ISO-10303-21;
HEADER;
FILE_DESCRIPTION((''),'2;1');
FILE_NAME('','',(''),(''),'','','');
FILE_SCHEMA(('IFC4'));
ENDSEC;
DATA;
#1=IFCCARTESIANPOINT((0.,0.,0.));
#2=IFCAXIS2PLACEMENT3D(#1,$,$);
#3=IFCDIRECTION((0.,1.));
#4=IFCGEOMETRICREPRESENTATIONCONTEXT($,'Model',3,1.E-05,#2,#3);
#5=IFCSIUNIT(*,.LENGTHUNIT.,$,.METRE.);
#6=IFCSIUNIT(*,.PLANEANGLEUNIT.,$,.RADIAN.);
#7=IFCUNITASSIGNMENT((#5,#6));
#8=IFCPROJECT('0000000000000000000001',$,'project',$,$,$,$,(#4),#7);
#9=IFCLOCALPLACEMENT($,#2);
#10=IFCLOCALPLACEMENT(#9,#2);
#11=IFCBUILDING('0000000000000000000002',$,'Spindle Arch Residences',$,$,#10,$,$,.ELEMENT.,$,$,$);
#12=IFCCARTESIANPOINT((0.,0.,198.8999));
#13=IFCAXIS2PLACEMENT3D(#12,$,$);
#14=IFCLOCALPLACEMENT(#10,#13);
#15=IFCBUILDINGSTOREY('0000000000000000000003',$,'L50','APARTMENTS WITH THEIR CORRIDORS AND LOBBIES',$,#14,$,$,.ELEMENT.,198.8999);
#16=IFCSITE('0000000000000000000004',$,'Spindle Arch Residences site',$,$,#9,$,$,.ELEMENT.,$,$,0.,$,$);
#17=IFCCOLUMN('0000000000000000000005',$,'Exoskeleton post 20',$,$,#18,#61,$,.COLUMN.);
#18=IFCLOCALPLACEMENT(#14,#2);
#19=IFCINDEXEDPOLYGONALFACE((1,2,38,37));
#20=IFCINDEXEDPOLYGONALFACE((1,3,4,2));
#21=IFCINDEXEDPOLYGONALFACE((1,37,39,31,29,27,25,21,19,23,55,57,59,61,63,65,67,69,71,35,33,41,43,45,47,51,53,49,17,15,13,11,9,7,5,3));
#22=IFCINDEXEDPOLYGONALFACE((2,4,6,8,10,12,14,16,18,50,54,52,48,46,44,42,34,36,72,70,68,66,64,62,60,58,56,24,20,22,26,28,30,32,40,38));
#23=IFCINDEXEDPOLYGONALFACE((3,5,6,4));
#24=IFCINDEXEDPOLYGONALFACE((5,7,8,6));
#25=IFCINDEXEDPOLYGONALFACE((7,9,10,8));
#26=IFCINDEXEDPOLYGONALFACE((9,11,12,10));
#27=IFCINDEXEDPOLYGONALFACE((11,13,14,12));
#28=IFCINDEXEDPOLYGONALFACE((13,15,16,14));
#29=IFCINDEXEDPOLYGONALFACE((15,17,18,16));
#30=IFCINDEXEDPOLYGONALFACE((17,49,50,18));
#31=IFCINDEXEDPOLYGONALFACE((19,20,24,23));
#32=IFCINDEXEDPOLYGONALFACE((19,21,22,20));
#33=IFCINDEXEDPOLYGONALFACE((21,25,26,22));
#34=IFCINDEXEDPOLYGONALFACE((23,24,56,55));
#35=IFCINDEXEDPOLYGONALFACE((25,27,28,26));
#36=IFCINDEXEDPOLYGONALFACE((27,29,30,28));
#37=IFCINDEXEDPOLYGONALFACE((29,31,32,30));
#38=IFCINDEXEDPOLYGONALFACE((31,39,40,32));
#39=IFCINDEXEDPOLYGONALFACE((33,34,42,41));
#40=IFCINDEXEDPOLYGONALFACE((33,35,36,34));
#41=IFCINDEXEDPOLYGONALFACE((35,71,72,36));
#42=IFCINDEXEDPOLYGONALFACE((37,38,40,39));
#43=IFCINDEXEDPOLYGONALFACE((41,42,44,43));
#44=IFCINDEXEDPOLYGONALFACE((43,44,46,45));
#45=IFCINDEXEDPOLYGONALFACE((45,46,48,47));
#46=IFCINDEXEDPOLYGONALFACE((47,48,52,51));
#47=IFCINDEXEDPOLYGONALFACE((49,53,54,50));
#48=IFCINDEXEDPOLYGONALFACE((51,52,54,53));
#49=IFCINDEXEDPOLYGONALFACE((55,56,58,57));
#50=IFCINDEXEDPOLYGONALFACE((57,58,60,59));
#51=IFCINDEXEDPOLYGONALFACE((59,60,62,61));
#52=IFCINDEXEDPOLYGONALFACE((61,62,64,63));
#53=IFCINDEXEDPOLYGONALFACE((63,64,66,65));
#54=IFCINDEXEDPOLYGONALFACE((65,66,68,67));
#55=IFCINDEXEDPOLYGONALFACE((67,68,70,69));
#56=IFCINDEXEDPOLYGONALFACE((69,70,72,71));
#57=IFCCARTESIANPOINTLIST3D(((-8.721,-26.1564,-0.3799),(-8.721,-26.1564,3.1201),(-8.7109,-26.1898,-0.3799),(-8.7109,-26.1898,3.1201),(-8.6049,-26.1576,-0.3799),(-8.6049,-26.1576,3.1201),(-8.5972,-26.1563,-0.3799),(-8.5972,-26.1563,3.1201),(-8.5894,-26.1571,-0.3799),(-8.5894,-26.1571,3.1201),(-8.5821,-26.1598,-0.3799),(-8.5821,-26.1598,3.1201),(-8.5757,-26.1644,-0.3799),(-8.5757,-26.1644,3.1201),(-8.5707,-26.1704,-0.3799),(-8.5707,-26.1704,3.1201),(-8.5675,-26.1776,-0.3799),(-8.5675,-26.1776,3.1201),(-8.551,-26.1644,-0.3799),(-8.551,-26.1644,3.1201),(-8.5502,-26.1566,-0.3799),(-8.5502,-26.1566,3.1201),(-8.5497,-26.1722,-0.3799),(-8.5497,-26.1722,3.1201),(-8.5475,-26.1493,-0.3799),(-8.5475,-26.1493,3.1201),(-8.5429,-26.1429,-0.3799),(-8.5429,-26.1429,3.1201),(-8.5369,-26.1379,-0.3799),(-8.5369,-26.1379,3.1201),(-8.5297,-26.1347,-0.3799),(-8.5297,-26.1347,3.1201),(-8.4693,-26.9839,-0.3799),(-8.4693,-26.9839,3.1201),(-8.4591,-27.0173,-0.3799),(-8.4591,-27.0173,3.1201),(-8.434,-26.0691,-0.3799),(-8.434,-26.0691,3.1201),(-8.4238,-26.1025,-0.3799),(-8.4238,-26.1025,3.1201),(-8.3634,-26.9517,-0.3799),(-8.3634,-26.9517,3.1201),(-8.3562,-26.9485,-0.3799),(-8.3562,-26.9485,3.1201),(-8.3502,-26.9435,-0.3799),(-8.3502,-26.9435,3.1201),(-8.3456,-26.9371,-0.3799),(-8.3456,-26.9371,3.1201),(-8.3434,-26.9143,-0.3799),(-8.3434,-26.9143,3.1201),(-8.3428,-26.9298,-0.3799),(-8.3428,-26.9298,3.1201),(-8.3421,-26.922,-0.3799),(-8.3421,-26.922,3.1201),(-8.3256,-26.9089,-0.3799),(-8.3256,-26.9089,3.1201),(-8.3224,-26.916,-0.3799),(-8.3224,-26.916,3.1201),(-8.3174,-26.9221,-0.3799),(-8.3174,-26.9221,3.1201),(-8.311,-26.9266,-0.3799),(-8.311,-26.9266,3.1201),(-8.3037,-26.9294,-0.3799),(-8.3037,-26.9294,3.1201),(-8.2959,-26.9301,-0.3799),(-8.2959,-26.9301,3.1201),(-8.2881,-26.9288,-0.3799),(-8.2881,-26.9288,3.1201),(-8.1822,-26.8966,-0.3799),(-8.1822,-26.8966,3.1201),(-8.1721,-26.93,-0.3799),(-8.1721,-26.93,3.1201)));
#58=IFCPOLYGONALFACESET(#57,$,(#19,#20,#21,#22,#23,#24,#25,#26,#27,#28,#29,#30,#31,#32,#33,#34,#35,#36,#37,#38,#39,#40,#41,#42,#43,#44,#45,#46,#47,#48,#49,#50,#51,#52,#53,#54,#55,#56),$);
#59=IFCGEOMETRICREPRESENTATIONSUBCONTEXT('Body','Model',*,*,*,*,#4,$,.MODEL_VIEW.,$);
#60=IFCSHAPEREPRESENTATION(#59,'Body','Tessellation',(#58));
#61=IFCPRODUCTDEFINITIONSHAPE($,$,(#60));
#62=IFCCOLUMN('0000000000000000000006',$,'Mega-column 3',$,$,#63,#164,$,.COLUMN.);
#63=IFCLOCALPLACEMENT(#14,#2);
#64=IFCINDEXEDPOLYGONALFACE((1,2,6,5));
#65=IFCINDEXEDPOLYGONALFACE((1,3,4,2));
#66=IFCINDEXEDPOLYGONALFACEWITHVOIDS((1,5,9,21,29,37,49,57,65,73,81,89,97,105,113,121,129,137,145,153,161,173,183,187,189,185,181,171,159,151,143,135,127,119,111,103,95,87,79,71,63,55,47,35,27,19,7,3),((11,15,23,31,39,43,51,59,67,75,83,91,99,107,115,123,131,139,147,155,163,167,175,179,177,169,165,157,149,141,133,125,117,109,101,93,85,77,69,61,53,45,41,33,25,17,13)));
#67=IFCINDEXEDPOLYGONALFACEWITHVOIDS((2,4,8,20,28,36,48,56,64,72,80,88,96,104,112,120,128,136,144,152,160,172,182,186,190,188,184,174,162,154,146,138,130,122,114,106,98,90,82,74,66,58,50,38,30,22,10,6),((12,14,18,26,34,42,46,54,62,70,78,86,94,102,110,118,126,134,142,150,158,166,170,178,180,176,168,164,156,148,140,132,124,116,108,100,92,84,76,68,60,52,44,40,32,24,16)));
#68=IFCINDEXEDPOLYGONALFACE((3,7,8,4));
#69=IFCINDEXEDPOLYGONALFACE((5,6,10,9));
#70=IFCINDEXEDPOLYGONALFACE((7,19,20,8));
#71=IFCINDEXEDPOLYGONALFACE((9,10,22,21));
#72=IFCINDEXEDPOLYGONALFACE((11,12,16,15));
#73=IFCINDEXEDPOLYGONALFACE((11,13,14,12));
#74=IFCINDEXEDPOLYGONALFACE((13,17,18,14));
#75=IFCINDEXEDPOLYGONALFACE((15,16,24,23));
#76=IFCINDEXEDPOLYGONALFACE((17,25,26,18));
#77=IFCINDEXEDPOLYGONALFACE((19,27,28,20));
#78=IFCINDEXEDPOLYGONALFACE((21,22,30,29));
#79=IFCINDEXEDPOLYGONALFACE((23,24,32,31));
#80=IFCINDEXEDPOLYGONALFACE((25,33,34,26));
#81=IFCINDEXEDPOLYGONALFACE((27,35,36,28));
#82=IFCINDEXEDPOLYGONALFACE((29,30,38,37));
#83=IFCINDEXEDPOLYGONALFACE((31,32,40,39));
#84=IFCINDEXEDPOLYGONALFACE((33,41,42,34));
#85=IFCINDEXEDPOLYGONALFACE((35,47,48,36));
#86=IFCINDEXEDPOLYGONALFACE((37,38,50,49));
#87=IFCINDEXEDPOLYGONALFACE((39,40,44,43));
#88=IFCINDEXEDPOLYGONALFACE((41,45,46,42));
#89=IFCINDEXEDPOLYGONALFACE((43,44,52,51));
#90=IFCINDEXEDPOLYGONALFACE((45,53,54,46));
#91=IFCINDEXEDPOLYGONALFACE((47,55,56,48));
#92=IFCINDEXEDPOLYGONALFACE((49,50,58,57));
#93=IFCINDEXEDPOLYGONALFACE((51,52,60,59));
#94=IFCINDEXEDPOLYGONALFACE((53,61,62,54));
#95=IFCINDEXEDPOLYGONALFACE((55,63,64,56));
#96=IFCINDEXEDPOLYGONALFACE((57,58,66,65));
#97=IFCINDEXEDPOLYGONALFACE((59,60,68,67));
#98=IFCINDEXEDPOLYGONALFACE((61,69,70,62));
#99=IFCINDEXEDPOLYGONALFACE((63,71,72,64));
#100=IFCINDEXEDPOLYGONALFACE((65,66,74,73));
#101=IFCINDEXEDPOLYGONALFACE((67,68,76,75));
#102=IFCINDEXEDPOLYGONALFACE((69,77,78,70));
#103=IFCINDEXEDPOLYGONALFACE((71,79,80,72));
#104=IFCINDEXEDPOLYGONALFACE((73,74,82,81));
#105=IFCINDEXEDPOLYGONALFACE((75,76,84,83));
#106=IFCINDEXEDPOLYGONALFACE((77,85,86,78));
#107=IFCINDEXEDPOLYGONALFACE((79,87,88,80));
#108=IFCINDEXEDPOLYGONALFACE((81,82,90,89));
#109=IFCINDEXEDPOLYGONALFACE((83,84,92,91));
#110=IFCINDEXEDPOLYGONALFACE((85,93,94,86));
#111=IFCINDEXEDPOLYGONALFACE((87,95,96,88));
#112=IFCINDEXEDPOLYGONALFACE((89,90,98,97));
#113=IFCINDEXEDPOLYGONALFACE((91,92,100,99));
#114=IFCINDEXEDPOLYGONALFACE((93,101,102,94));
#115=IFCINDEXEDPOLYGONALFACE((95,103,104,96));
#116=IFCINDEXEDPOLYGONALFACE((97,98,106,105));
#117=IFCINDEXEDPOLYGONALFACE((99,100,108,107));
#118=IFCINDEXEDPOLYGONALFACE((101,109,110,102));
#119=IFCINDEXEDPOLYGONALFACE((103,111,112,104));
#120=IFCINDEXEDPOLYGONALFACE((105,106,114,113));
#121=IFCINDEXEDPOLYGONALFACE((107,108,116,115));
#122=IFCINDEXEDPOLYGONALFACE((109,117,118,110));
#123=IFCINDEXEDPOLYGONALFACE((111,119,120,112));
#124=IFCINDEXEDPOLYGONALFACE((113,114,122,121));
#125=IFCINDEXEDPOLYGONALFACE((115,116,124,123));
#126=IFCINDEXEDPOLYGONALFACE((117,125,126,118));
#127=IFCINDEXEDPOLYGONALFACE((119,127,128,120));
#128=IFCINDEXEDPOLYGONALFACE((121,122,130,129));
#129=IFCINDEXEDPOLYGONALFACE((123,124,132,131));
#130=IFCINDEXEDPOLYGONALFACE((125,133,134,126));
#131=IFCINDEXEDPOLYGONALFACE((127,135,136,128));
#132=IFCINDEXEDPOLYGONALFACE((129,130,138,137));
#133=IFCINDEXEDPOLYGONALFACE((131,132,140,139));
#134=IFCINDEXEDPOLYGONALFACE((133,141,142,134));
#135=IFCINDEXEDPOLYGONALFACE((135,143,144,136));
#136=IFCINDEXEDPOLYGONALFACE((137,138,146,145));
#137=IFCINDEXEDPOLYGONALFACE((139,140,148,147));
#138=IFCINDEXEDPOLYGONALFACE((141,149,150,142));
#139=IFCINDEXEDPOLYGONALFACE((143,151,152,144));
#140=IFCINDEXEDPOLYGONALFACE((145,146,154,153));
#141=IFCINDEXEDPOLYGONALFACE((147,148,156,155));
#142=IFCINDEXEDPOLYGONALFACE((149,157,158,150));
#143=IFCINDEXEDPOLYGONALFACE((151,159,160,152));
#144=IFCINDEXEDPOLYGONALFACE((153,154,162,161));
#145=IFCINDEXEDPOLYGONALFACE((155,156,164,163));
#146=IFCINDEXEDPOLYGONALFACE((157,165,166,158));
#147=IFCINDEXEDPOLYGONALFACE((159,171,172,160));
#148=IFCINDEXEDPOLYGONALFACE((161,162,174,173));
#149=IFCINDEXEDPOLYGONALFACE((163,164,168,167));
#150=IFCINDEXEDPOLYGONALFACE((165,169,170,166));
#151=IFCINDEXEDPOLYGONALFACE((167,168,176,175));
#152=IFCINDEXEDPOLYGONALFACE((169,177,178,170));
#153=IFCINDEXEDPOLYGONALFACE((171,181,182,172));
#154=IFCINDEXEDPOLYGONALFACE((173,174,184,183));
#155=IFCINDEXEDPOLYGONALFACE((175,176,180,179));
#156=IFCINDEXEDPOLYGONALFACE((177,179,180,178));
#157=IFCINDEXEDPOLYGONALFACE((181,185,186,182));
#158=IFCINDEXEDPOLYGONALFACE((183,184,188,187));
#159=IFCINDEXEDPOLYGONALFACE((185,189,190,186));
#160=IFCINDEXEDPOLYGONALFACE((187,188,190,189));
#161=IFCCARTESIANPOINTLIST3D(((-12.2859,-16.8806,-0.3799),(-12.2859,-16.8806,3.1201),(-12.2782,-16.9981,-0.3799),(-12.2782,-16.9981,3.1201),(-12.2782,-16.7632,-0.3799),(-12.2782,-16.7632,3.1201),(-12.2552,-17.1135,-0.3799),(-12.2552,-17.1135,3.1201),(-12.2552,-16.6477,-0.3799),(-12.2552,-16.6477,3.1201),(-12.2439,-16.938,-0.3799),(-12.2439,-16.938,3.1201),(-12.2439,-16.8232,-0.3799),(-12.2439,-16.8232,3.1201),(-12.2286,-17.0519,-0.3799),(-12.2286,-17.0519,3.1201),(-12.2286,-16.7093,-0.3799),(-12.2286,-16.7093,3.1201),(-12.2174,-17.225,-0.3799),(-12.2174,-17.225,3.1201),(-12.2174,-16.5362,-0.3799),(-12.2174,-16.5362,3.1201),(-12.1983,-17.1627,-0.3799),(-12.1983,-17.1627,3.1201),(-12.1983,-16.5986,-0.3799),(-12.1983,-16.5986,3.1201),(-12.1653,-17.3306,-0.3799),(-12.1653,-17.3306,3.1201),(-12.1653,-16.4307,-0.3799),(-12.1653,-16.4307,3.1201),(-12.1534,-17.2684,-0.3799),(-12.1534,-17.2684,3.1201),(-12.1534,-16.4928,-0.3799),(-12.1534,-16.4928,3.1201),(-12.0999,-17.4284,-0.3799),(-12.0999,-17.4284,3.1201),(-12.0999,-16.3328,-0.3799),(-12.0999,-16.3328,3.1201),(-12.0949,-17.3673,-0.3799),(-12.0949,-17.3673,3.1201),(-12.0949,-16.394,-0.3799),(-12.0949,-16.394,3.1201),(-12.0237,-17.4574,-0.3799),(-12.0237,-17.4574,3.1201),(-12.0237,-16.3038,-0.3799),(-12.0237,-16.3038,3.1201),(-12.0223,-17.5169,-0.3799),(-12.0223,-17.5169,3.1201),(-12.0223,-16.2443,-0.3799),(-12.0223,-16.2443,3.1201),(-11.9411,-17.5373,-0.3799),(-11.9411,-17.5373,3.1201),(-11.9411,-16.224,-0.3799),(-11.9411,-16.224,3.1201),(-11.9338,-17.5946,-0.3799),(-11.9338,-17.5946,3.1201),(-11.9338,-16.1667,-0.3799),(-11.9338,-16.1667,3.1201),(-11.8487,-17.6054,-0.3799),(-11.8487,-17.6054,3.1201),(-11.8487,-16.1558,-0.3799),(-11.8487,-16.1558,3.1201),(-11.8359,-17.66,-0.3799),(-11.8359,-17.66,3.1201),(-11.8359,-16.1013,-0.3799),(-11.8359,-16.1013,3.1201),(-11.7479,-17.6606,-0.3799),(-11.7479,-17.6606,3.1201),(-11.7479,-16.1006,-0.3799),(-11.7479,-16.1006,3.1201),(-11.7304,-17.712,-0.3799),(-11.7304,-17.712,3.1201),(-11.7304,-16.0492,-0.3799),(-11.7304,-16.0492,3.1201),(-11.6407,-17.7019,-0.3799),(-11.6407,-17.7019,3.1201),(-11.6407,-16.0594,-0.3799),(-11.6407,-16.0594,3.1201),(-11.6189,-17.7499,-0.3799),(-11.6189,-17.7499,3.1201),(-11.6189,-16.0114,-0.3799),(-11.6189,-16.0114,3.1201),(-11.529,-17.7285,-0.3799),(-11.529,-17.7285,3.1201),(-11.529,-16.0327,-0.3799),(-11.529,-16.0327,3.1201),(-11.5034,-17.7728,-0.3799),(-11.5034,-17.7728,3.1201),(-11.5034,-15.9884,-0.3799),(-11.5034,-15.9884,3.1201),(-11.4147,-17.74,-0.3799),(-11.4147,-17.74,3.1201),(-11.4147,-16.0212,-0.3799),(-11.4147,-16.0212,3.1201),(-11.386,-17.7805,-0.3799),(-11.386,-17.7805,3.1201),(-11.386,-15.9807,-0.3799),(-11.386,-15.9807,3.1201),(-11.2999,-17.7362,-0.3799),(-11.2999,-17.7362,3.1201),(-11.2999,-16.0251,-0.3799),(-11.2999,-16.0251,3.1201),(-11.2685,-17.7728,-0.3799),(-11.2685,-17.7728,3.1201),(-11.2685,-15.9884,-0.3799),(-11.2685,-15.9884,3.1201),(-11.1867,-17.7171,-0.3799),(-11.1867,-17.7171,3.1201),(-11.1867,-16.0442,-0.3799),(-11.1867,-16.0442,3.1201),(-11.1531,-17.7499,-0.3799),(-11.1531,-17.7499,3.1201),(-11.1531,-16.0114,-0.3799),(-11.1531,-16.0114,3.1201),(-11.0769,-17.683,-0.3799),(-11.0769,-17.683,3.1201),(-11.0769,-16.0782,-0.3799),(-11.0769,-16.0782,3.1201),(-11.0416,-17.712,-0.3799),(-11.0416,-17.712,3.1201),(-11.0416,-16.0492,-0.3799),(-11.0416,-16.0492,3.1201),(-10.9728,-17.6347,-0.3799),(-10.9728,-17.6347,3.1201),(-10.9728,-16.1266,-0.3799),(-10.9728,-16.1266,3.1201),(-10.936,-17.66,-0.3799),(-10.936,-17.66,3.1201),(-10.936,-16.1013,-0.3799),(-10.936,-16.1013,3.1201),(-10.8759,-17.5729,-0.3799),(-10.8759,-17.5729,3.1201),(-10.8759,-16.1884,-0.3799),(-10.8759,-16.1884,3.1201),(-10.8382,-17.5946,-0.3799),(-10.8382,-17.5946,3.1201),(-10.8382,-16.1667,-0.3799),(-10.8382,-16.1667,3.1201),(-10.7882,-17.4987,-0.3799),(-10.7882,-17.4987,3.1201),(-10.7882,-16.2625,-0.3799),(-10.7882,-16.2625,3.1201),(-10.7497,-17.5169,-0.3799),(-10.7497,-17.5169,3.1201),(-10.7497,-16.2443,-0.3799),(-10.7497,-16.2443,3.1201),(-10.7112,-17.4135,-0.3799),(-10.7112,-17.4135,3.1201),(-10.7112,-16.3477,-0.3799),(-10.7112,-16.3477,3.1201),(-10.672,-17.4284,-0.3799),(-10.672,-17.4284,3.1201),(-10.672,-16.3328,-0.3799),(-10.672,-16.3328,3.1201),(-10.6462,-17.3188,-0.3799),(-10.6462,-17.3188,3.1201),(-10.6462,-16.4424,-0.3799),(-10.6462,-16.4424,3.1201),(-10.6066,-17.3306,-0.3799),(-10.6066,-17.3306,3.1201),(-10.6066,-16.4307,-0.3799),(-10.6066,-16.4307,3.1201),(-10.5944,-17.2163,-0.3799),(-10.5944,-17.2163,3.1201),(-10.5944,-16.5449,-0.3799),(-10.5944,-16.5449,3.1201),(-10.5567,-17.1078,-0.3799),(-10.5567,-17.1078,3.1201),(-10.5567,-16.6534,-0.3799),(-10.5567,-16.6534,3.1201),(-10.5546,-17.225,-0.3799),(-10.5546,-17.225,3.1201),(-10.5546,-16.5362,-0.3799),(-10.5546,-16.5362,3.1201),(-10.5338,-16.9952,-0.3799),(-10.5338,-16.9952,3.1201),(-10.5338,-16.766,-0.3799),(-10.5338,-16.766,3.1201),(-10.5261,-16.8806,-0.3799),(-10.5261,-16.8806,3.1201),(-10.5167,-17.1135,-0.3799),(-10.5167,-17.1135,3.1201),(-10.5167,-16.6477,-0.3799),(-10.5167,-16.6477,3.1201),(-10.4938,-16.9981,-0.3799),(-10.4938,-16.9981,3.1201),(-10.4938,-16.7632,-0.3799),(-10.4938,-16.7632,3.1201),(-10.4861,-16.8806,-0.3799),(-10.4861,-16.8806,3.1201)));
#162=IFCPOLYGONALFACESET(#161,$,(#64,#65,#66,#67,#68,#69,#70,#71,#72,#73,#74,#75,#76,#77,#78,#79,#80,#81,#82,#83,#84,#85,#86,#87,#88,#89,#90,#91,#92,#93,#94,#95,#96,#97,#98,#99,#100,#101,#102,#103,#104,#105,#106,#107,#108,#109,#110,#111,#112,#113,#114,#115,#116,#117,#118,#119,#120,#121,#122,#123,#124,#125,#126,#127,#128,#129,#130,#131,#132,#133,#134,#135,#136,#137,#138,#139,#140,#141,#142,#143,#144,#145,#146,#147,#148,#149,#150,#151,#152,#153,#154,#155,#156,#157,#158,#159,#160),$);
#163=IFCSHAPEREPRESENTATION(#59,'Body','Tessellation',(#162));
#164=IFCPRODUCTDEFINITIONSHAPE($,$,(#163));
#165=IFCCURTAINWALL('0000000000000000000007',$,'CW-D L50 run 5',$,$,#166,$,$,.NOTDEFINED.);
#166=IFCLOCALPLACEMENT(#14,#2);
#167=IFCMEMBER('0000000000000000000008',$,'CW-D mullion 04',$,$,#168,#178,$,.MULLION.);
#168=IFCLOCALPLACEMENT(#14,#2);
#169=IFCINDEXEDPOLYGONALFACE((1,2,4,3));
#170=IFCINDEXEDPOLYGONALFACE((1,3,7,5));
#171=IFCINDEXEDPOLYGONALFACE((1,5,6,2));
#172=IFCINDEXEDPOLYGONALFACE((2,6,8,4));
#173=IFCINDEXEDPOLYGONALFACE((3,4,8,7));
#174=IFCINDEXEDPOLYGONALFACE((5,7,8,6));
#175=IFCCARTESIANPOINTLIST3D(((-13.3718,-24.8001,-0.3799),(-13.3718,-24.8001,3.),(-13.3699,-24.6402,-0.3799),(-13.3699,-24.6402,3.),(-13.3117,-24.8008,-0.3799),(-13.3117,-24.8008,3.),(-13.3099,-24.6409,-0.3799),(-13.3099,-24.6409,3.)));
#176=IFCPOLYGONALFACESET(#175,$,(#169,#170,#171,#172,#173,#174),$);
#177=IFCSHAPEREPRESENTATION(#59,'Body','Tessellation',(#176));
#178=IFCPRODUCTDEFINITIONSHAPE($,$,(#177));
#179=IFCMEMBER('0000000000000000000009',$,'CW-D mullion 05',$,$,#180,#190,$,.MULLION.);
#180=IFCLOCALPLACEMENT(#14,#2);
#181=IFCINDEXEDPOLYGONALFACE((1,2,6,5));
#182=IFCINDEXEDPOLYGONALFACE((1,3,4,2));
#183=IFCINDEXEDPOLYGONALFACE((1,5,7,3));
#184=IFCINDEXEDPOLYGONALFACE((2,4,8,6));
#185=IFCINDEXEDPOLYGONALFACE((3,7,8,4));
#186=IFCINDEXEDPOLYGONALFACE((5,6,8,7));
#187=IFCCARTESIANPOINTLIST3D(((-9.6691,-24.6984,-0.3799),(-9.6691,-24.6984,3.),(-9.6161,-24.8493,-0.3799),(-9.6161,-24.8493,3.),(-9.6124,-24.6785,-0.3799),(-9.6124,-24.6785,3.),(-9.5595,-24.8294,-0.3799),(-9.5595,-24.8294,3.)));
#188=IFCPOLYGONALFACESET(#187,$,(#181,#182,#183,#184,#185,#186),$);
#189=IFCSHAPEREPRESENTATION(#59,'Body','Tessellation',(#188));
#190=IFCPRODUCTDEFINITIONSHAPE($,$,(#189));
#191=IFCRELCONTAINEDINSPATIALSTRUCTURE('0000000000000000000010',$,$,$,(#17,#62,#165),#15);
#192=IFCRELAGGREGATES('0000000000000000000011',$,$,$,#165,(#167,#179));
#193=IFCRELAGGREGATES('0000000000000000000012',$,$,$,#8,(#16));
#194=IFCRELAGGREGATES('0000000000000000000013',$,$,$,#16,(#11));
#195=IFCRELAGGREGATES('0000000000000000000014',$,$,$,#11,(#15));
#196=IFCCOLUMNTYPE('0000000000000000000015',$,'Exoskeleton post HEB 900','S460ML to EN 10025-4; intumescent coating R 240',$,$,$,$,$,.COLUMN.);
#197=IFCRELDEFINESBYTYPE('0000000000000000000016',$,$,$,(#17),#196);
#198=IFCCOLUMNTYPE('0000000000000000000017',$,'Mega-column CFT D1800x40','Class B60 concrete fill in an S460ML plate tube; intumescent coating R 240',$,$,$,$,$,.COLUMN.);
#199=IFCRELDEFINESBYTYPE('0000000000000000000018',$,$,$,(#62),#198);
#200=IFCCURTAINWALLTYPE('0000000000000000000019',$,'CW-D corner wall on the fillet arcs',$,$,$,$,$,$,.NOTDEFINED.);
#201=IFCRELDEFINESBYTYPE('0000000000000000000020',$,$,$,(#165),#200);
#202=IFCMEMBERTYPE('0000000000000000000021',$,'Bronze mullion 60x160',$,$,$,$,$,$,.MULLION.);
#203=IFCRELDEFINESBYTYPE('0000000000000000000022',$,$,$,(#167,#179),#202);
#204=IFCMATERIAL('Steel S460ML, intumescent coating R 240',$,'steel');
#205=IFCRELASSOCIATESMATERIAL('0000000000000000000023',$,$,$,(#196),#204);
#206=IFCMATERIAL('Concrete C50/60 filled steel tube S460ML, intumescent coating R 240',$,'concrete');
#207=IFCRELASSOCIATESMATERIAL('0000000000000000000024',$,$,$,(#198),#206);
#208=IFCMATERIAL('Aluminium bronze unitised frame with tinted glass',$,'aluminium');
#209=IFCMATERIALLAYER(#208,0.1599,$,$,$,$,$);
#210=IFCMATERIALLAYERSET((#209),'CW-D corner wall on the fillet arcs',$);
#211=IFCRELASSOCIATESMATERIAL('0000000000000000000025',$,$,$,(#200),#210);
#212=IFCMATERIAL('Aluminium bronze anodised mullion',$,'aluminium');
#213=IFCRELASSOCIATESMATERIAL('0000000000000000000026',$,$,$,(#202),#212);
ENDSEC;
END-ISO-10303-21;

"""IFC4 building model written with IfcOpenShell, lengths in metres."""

from ifc_helpers import new_model, si_unit, direction, frame, origin, origin_2d, place, context, subcontext, project, spatial, rectangle, hollow_circle, i_section, extrude, material, layer, layer_set, material_profile, profile_set, type_object, element, aggregate, save


model = new_model("IFC4")

# Units and contexts
model_context = context("Model", 3, precision=1e-05, world=origin(), true_north=direction((0.0, 1.0)))
body_context = subcontext(model_context, "Body", "Model", "MODEL_VIEW")
ifc_project = project(units=[si_unit("LENGTHUNIT", "METRE"), si_unit("PLANEANGLEUNIT", "RADIAN")], contexts=[model_context])

# Site, building, storey
site_placement = place(None, origin())
site = spatial("IfcSite", under=ifc_project, at=site_placement, Name="Spindle Arch Residences site", CompositionType="ELEMENT", RefElevation=0.0)
building_placement = place(site_placement, origin())
building = spatial("IfcBuilding", under=site, at=building_placement, Name="Spindle Arch Residences", CompositionType="ELEMENT")
storey_placement = place(building_placement, frame((0.0, 0.0, 198.8999)))
storey = spatial("IfcBuildingStorey", under=building, at=storey_placement, Name="L50", Description="APARTMENTS WITH THEIR CORRIDORS AND LOBBIES", CompositionType="ELEMENT", Elevation=198.8999)

# Columns
ifc_material_1 = material(Name="Steel S460ML, intumescent coating R 240", Category="steel")
ifc_material_profile_1 = material_profile(ifc_material_1, i_section(OverallWidth=0.3, OverallDepth=0.8999, WebThickness=0.0186, FlangeThickness=0.0349, FilletRadius=0.03, at=origin_2d()), Name="HEB 900")
ifc_profile_set_1 = profile_set([ifc_material_profile_1], Name="Steel S460ML, intumescent coating R 240")
column_type_1 = type_object("IfcColumnType", Name="Exoskeleton post HEB 900", Description="S460ML to EN 10025-4; intumescent coating R 240", PredefinedType="COLUMN", material=ifc_profile_set_1)
column_1_placement = place(storey_placement, frame((-8.4465, -26.5432, -0.3799), z_axis=(0.0, 0.0, 1.0), x_axis=(-0.956715, -0.291028, 0.0)))
element("IfcColumn", 1, at=column_1_placement, inside=storey, type_object=column_type_1, Name="Exoskeleton post 20", PredefinedType="COLUMN", context=body_context, shape_type="SweptSolid", body=[
    extrude(i_section(OverallWidth=0.3, OverallDepth=0.8999, WebThickness=0.0186, FlangeThickness=0.0349, FilletRadius=0.03, at=origin_2d()), origin(), (0.0, 0.0, 1.0), 3.5),
])
ifc_material_2 = material(Name="Concrete C50/60 filled steel tube S460ML, intumescent coating R 240", Category="concrete")
ifc_material_profile_2 = material_profile(ifc_material_2, hollow_circle(Radius=0.8999, WallThickness=0.04, at=origin_2d()), Name="CFT D1800x40")
ifc_profile_set_2 = profile_set([ifc_material_profile_2], Name="Concrete C50/60 filled steel tube S460ML, intumescent coating R 240")
column_type_2 = type_object("IfcColumnType", Name="Mega-column CFT D1800x40", Description="Class B60 concrete fill in an S460ML plate tube; intumescent coating R 240", PredefinedType="COLUMN", material=ifc_profile_set_2)
column_2_placement = place(storey_placement, frame((-11.386, -16.8806, -0.3799), z_axis=(0.0, 0.0, 1.0), x_axis=(1.0, 0.0, 0.0)))
element("IfcColumn", 2, at=column_2_placement, inside=storey, type_object=column_type_2, Name="Mega-column 3", PredefinedType="COLUMN", context=body_context, shape_type="SweptSolid", body=[
    extrude(hollow_circle(Radius=0.8999, WallThickness=0.04, at=origin_2d()), origin(), (0.0, 0.0, 1.0), 3.5),
])

# Curtain wall, members
ifc_material_3 = material(Name="Aluminium bronze unitised frame with tinted glass", Category="aluminium")
ifc_layer_1 = layer(ifc_material_3, 0.1599)
ifc_layer_set_1 = layer_set([ifc_layer_1], Name="CW-D corner wall on the fillet arcs")
curtain_wall_type_1 = type_object("IfcCurtainWallType", Name="CW-D corner wall on the fillet arcs", PredefinedType="NOTDEFINED", material=ifc_layer_set_1)
curtain_wall_1_placement = place(storey_placement, origin())
curtain_wall_1 = element("IfcCurtainWall", 3, at=curtain_wall_1_placement, inside=storey, type_object=curtain_wall_type_1, Name="CW-D L50 run 5", PredefinedType="NOTDEFINED")
ifc_material_4 = material(Name="Aluminium bronze anodised mullion", Category="aluminium")
ifc_material_profile_3 = material_profile(ifc_material_4, rectangle(XDim=0.1599, YDim=0.0601, at=origin_2d()), Name="MU 60x160")
ifc_profile_set_3 = profile_set([ifc_material_profile_3], Name="Aluminium bronze anodised mullion")
member_type_1 = type_object("IfcMemberType", Name="Bronze mullion 60x160", PredefinedType="MULLION", material=ifc_profile_set_3)
member_1_placement = place(storey_placement, frame((-13.3408, -24.7205, -0.3799), z_axis=(0.0, 0.0, 1.0), x_axis=(0.011635, 0.999932, 0.0)))
member_1 = element("IfcMember", 4, at=member_1_placement, type_object=member_type_1, Name="CW-D mullion 04", PredefinedType="MULLION", context=body_context, shape_type="SweptSolid", body=[
    extrude(rectangle(XDim=0.1599, YDim=0.0601, at=origin_2d()), origin(), (0.0, 0.0, 1.0), 3.3799),
])
member_2_placement = place(storey_placement, frame((-9.6143, -24.7639, -0.3799), z_axis=(0.0, 0.0, 1.0), x_axis=(-0.331063, 0.943609, 0.0)))
member_2 = element("IfcMember", 5, at=member_2_placement, type_object=member_type_1, Name="CW-D mullion 05", PredefinedType="MULLION", context=body_context, shape_type="SweptSolid", body=[
    extrude(rectangle(XDim=0.1599, YDim=0.0601, at=origin_2d()), origin(), (0.0, 0.0, 1.0), 3.3799),
])

aggregate(curtain_wall_1, [member_1, member_2])

save(model, "model.ifc")
